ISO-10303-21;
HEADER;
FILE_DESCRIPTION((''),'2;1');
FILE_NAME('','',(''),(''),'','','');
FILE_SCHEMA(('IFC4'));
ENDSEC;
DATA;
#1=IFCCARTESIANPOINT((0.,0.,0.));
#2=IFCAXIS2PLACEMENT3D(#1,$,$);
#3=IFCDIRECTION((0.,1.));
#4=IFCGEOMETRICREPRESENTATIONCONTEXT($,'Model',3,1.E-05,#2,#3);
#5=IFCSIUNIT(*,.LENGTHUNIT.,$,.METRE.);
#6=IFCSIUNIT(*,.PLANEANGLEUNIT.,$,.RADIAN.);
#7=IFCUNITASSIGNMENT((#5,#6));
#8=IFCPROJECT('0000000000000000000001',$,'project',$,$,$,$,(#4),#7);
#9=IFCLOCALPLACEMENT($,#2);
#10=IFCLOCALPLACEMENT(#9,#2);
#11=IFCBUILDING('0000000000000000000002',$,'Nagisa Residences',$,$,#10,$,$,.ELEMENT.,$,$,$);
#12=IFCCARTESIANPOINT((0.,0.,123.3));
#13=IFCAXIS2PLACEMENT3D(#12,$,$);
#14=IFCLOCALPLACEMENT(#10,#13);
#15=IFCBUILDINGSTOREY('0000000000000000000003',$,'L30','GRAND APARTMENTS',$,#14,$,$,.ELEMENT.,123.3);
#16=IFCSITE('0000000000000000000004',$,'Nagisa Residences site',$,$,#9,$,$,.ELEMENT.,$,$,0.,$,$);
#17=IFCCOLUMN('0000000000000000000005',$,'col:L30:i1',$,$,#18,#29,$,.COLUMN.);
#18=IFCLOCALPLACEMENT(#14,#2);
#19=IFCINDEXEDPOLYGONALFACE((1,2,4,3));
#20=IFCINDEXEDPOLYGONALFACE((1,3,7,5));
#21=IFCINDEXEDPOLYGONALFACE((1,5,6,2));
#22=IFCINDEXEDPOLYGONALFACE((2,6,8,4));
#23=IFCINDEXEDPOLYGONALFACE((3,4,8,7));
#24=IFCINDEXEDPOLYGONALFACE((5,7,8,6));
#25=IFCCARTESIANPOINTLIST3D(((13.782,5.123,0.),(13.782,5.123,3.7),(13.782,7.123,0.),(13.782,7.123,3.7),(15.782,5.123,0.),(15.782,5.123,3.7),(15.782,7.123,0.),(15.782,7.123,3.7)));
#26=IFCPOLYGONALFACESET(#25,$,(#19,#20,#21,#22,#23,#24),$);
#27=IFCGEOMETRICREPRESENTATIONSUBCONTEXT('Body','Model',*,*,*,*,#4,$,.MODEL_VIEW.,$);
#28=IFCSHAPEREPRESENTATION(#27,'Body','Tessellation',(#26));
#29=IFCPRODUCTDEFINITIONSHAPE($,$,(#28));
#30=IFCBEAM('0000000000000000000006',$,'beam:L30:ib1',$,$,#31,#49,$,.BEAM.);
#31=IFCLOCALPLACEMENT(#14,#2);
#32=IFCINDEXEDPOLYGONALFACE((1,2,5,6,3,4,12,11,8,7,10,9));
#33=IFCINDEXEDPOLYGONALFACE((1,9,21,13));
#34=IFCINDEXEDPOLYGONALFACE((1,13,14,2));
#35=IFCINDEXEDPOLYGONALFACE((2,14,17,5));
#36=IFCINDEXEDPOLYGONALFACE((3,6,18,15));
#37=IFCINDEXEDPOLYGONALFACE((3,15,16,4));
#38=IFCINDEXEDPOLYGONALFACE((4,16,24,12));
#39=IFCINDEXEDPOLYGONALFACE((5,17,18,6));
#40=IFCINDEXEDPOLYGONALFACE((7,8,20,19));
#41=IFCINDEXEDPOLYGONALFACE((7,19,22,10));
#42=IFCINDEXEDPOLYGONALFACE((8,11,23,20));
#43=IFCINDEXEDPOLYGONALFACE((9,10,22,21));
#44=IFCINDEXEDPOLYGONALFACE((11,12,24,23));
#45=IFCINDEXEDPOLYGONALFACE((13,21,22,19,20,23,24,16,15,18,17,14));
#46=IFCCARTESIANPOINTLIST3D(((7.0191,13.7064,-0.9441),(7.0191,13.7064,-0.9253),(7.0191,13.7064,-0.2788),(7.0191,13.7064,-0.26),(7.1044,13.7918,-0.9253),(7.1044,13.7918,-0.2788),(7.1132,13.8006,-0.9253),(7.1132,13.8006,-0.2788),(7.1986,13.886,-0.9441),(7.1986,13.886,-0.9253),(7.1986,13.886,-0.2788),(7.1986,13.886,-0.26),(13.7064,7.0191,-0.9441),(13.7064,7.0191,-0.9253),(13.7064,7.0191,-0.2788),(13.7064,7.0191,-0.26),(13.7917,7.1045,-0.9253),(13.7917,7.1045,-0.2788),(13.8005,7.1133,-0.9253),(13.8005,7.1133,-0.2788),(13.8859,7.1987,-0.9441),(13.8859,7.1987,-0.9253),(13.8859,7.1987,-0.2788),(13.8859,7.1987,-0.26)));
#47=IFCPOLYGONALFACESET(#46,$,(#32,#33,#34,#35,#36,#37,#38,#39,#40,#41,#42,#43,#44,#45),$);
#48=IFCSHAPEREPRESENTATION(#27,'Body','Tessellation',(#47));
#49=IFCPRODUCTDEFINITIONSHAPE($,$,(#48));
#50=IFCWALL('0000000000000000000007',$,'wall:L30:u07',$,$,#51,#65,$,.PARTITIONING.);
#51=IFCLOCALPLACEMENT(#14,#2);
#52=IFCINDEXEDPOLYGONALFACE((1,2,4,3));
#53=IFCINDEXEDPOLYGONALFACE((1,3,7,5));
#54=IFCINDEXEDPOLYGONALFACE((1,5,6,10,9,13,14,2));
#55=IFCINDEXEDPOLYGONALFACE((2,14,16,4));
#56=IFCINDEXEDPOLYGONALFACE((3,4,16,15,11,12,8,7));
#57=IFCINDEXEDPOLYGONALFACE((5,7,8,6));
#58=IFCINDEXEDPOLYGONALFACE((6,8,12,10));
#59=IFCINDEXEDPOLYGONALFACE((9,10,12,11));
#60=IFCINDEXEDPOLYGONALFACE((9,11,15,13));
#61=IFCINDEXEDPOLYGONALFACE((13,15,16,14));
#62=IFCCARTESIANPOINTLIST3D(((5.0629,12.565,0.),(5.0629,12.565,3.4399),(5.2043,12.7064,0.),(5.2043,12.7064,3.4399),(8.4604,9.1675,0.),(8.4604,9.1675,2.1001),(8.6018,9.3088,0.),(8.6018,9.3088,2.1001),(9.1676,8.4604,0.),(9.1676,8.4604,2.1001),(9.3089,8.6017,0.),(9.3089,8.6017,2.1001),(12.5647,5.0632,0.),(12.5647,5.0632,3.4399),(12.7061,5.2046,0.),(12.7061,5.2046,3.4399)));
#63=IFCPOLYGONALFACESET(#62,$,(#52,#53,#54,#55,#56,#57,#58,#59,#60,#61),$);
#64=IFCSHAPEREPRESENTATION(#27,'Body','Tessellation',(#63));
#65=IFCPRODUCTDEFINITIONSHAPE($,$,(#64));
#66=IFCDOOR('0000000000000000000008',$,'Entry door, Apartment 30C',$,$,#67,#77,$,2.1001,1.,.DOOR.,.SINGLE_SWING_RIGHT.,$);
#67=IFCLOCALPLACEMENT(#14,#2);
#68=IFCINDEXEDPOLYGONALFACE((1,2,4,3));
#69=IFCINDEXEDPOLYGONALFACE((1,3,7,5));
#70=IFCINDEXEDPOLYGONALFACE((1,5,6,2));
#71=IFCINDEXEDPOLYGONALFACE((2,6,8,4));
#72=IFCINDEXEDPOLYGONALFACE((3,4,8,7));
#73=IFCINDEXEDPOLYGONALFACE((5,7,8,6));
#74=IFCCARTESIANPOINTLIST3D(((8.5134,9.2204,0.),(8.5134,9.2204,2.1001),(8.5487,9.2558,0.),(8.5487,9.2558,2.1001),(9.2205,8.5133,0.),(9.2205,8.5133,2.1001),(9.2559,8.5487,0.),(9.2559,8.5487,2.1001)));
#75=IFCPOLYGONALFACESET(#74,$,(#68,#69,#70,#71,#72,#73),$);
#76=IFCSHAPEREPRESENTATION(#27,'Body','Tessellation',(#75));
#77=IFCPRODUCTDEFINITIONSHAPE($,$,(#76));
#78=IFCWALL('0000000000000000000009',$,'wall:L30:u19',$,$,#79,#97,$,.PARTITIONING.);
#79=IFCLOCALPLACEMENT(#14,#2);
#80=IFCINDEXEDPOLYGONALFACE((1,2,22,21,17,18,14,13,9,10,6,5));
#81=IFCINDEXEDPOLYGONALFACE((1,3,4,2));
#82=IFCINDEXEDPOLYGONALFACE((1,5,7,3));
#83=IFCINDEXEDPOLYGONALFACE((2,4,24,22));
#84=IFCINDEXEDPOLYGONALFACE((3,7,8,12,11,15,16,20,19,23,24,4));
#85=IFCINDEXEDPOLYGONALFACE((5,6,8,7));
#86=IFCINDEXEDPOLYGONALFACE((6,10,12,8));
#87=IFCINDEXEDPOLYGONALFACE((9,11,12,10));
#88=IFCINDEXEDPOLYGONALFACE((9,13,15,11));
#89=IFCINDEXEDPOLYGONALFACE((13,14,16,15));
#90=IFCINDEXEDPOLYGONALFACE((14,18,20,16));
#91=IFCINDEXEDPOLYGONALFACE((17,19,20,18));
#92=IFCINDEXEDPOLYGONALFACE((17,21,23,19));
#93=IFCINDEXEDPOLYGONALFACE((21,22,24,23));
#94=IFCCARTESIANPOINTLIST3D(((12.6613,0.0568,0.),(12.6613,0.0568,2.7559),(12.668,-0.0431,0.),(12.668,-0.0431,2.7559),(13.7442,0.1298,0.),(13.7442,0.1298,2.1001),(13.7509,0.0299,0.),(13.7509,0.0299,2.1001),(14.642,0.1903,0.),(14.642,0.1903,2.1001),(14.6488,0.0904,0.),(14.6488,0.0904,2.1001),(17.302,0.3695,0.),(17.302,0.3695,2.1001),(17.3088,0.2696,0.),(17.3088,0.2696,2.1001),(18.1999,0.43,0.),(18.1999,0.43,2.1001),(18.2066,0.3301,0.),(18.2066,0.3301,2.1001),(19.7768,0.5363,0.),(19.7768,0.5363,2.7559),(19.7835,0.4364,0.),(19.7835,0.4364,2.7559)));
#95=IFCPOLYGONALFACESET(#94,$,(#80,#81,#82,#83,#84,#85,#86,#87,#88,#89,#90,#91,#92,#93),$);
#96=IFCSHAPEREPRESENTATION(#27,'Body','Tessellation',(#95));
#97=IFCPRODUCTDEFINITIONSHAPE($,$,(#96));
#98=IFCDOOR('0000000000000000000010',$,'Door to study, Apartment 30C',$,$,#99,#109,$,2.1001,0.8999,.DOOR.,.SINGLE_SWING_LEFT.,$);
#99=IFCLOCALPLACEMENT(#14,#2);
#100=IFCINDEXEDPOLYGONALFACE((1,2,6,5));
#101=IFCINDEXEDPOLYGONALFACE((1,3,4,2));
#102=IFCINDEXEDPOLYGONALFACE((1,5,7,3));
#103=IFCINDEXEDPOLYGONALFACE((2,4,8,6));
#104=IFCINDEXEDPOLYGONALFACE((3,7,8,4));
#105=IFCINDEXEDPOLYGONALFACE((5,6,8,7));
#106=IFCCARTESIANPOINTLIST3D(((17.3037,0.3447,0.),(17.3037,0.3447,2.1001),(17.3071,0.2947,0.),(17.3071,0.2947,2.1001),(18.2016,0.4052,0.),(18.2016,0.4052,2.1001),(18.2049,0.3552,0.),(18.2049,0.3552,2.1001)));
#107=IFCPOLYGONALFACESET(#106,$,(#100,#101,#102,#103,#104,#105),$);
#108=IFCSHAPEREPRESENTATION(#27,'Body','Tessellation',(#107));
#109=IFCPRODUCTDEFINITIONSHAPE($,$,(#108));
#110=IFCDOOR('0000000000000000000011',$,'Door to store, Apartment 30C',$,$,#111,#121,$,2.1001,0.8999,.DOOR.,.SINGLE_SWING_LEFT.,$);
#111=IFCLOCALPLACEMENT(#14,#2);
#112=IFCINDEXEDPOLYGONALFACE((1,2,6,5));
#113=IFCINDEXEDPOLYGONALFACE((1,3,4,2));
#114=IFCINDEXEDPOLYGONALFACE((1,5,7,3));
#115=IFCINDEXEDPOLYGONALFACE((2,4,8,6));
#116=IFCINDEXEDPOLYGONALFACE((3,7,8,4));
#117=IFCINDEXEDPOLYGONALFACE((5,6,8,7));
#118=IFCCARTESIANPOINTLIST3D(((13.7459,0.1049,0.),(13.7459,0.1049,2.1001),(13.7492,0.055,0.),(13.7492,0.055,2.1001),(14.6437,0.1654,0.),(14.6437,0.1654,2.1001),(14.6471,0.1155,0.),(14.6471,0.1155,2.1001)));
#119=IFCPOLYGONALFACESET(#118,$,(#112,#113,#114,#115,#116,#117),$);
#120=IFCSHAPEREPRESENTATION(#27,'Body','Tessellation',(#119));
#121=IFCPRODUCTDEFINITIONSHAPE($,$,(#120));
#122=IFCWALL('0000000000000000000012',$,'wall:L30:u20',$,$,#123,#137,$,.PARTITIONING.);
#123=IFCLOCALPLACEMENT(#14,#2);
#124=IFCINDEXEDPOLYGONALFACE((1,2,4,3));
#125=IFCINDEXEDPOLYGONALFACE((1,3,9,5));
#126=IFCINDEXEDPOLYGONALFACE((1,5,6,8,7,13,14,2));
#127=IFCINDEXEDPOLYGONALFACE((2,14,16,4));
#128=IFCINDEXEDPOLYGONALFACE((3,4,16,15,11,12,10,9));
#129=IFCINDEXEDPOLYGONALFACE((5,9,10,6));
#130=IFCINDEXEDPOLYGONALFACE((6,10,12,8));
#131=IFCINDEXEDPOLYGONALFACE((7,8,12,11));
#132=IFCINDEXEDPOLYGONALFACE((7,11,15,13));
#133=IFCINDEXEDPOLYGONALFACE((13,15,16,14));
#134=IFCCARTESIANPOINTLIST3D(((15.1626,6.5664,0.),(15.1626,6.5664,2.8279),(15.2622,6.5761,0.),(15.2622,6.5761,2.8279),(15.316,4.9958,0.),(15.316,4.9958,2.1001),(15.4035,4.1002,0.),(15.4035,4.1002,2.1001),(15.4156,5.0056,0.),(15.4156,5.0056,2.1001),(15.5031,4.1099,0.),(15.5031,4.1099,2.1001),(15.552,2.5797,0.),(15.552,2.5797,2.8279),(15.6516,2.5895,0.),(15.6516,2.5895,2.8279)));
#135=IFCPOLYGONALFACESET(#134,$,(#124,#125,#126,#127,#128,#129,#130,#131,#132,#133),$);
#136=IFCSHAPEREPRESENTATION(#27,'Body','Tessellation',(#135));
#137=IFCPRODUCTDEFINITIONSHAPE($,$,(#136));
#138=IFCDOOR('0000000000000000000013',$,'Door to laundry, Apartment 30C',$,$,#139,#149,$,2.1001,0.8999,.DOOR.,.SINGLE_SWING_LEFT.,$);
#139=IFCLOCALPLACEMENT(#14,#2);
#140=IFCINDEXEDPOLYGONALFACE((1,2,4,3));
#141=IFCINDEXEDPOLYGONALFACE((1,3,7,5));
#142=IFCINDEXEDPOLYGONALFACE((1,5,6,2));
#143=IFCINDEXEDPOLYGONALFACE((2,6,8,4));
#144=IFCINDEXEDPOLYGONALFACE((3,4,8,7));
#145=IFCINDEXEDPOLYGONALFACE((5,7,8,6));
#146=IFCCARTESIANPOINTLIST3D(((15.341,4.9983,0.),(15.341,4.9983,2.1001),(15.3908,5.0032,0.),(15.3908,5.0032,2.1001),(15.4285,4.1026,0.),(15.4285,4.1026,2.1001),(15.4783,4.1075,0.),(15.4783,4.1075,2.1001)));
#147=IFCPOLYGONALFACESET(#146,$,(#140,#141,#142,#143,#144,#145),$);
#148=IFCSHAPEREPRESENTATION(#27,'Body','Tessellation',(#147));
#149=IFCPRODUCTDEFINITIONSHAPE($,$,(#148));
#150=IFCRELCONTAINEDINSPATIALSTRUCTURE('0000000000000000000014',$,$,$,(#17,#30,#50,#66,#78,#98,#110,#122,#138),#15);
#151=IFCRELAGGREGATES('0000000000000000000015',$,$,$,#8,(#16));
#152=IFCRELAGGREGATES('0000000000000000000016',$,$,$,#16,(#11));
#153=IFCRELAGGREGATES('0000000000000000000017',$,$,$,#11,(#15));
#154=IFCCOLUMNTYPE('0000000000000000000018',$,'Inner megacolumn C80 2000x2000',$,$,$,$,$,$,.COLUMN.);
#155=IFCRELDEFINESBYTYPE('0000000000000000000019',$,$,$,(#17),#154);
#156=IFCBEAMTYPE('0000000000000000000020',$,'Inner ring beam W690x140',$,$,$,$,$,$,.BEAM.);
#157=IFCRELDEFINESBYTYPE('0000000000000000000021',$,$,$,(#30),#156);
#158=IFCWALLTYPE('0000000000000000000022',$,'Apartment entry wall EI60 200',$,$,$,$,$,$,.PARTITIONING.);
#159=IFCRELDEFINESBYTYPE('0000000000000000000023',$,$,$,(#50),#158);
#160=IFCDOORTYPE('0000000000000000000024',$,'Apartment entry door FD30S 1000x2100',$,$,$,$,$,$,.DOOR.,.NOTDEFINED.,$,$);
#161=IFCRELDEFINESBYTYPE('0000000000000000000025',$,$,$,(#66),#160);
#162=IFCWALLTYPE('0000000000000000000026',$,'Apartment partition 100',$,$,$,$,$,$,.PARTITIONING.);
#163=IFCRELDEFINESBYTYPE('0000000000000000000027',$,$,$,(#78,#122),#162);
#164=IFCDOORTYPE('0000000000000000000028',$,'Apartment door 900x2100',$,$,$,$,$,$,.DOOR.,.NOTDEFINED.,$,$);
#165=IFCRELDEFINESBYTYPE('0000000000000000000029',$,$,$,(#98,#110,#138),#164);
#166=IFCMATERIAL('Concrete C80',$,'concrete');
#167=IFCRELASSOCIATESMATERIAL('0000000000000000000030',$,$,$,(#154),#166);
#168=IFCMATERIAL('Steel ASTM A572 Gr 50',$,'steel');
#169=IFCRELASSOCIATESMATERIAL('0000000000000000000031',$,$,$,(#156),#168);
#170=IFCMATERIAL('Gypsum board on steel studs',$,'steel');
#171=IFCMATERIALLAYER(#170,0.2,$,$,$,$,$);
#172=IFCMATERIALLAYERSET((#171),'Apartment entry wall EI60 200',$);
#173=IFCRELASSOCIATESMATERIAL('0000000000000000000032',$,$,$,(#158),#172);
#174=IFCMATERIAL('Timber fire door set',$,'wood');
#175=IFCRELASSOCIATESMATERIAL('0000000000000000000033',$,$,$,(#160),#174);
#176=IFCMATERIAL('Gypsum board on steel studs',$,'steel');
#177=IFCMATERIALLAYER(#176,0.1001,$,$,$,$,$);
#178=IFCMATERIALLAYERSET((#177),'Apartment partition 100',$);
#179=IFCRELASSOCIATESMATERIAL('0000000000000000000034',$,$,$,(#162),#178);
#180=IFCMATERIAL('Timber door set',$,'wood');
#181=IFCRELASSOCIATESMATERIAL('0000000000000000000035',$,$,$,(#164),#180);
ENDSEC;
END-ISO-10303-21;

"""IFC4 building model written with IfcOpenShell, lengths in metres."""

from ifc_helpers import new_model, si_unit, direction, frame, frame_2d, origin, origin_2d, place, context, subcontext, project, spatial, rectangle, i_section, extrude, material, layer, layer_set, material_profile, profile_set, type_object, element, fill, save


model = new_model("IFC4")

# Units and contexts
model_context = context("Model", 3, precision=1e-05, world=origin(), true_north=direction((0.0, 1.0)))
body_context = subcontext(model_context, "Body", "Model", "MODEL_VIEW")
ifc_project = project(units=[si_unit("LENGTHUNIT", "METRE"), si_unit("PLANEANGLEUNIT", "RADIAN")], contexts=[model_context])

# Site, building, storey
site_placement = place(None, origin())
site = spatial("IfcSite", under=ifc_project, at=site_placement, Name="Nagisa Residences site", CompositionType="ELEMENT", RefElevation=0.0)
building_placement = place(site_placement, origin())
building = spatial("IfcBuilding", under=site, at=building_placement, Name="Nagisa Residences", CompositionType="ELEMENT")
storey_placement = place(building_placement, frame((0.0, 0.0, 123.3)))
storey = spatial("IfcBuildingStorey", under=building, at=storey_placement, Name="L30", Description="GRAND APARTMENTS", CompositionType="ELEMENT", Elevation=123.3)

# Column
ifc_material_1 = material(Name="Concrete C80", Category="concrete")
ifc_material_profile_1 = material_profile(ifc_material_1, rectangle(XDim=2.0, YDim=2.0, at=origin_2d()), Name="C80 2000x2000")
ifc_profile_set_1 = profile_set([ifc_material_profile_1], Name="Concrete C80")
column_type = type_object("IfcColumnType", Name="Inner megacolumn C80 2000x2000", PredefinedType="COLUMN", material=ifc_profile_set_1)
column_placement = place(storey_placement, frame((14.782, 6.123, 0.0), z_axis=(0.0, 0.0, 1.0), x_axis=(1.0, 0.0, 0.0)))
element("IfcColumn", 1, at=column_placement, inside=storey, type_object=column_type, Name="col:L30:i1", PredefinedType="COLUMN", context=body_context, shape_type="SweptSolid", body=[
    extrude(rectangle(XDim=2.0, YDim=2.0, at=origin_2d()), origin(), (0.0, 0.0, 1.0), 3.7),
])

# Beam
ifc_material_2 = material(Name="Steel ASTM A572 Gr 50", Category="steel")
ifc_material_profile_2 = material_profile(ifc_material_2, i_section(OverallWidth=0.2539, OverallDepth=0.6841, WebThickness=0.0125, FlangeThickness=0.0188, at=origin_2d()), Name="W690x140")
ifc_profile_set_2 = profile_set([ifc_material_profile_2], Name="Steel ASTM A572 Gr 50")
beam_type = type_object("IfcBeamType", Name="Inner ring beam W690x140", PredefinedType="BEAM", material=ifc_profile_set_2)
beam_placement = place(storey_placement, frame((13.7961, 7.1089, -0.6021), z_axis=(-0.707107, 0.707107, 0.0), x_axis=(-0.707107, -0.707107, 0.0)))
element("IfcBeam", 2, at=beam_placement, inside=storey, type_object=beam_type, Name="beam:L30:ib1", PredefinedType="BEAM", context=body_context, shape_type="SweptSolid", body=[
    extrude(i_section(OverallWidth=0.2539, OverallDepth=0.6841, WebThickness=0.0125, FlangeThickness=0.0188, at=origin_2d()), origin(), (0.0, 0.0, 1.0), 9.4573),
])

# Wall, opening, door
ifc_material_3 = material(Name="Gypsum board on steel studs", Category="steel")
ifc_layer_1 = layer(ifc_material_3, 0.2)
ifc_layer_set_1 = layer_set([ifc_layer_1], Name="Apartment entry wall EI60 200")
wall_type_1 = type_object("IfcWallType", Name="Apartment entry wall EI60 200", PredefinedType="PARTITIONING", material=ifc_layer_set_1)
wall_1_placement = place(storey_placement, frame((12.6355, 5.1338, 0.0), z_axis=(0.0, 0.0, 1.0), x_axis=(-0.707107, 0.707107, 0.0)))
wall_1 = element("IfcWall", 3, at=wall_1_placement, inside=storey, type_object=wall_type_1, Name="wall:L30:u07", PredefinedType="PARTITIONING", context=body_context, shape_type="SweptSolid", body=[
    extrude(rectangle(XDim=10.6091, YDim=0.2, at=frame_2d((5.3047, 0.0))), origin(), (0.0, 0.0, 1.0), 3.4399),
])
opening_1_placement = place(wall_1_placement, frame((4.8044, 0.0, 0.0)))
opening_1 = element("IfcOpeningElement", 4, at=opening_1_placement, cuts=wall_1, PredefinedType="OPENING", context=body_context, shape_type="SweptSolid", body=[
    extrude(rectangle(XDim=1.0, YDim=2.1001, at=frame_2d((0.5, 1.05))), frame((0.0, 0.1099, 0.0), z_axis=(0.0, -1.0, 0.0), x_axis=(1.0, 0.0, 0.0)), (0.0, 0.0, 1.0), 0.22),
])
ifc_material_4 = material(Name="Timber fire door set", Category="wood")
door_type_1 = type_object("IfcDoorType", Name="Apartment entry door FD30S 1000x2100", OperationType="NOTDEFINED", PredefinedType="DOOR", material=ifc_material_4)
door_1_placement = place(opening_1_placement, frame((1.0, 0.0, 0.0), x_axis=(-1.0, 0.0, 0.0)))
door_1 = element("IfcDoor", 5, at=door_1_placement, inside=storey, type_object=door_type_1, Name="Entry door, Apartment 30C", OperationType="SINGLE_SWING_RIGHT", OverallHeight=2.1001, OverallWidth=1.0, PredefinedType="DOOR", context=body_context, shape_type="SweptSolid", body=[
    extrude(rectangle(XDim=1.0, YDim=2.1001, at=frame_2d((0.5, 1.05))), frame((0.0, 0.0249, 0.0), z_axis=(0.0, -1.0, 0.0), x_axis=(1.0, 0.0, 0.0)), (0.0, 0.0, 1.0), 0.05),
])
fill(opening_1, door_1)

# Wall, openings, doors
ifc_material_5 = material(Name="Gypsum board on steel studs", Category="steel")
ifc_layer_2 = layer(ifc_material_5, 0.1001)
ifc_layer_set_2 = layer_set([ifc_layer_2], Name="Apartment partition 100")
wall_type_2 = type_object("IfcWallType", Name="Apartment partition 100", PredefinedType="PARTITIONING", material=ifc_layer_set_2)
wall_2_placement = place(storey_placement, frame((12.6646, 0.0068, 0.0), z_axis=(0.0, 0.0, 1.0), x_axis=(0.997737, 0.067235, 0.0)))
wall_2 = element("IfcWall", 6, at=wall_2_placement, inside=storey, type_object=wall_type_2, Name="wall:L30:u19", PredefinedType="PARTITIONING", context=body_context, shape_type="SweptSolid", body=[
    extrude(rectangle(XDim=7.1316, YDim=0.1001, at=frame_2d((3.5659, 0.0))), origin(), (0.0, 0.0, 1.0), 2.7559),
])
opening_2_placement = place(wall_2_placement, frame((4.6514, 0.0, 0.0)))
opening_2 = element("IfcOpeningElement", 7, at=opening_2_placement, cuts=wall_2, PredefinedType="OPENING", context=body_context, shape_type="SweptSolid", body=[
    extrude(rectangle(XDim=0.8999, YDim=2.1001, at=frame_2d((0.45, 1.05))), frame((0.0, 0.0601, 0.0), z_axis=(0.0, -1.0, 0.0), x_axis=(1.0, 0.0, 0.0)), (0.0, 0.0, 1.0), 0.1201),
])
opening_3_placement = place(wall_2_placement, frame((1.0854, 0.0, 0.0)))
opening_3 = element("IfcOpeningElement", 8, at=opening_3_placement, cuts=wall_2, PredefinedType="OPENING", context=body_context, shape_type="SweptSolid", body=[
    extrude(rectangle(XDim=0.8999, YDim=2.1001, at=frame_2d((0.45, 1.05))), frame((0.0, 0.0601, 0.0), z_axis=(0.0, -1.0, 0.0), x_axis=(1.0, 0.0, 0.0)), (0.0, 0.0, 1.0), 0.1201),
])
ifc_material_6 = material(Name="Timber door set", Category="wood")
door_type_2 = type_object("IfcDoorType", Name="Apartment door 900x2100", OperationType="NOTDEFINED", PredefinedType="DOOR", material=ifc_material_6)
door_2_placement = place(opening_2_placement, frame((0.8999, 0.0, 0.0), x_axis=(-1.0, 0.0, 0.0)))
door_2 = element("IfcDoor", 9, at=door_2_placement, inside=storey, type_object=door_type_2, Name="Door to study, Apartment 30C", OperationType="SINGLE_SWING_LEFT", OverallHeight=2.1001, OverallWidth=0.8999, PredefinedType="DOOR", context=body_context, shape_type="SweptSolid", body=[
    extrude(rectangle(XDim=0.8999, YDim=2.1001, at=frame_2d((0.45, 1.05))), frame((0.0, 0.0249, 0.0), z_axis=(0.0, -1.0, 0.0), x_axis=(1.0, 0.0, 0.0)), (0.0, 0.0, 1.0), 0.05),
])
fill(opening_2, door_2)
door_3_placement = place(opening_3_placement, frame((0.8999, 0.0, 0.0), x_axis=(-1.0, 0.0, 0.0)))
door_3 = element("IfcDoor", 10, at=door_3_placement, inside=storey, type_object=door_type_2, Name="Door to store, Apartment 30C", OperationType="SINGLE_SWING_LEFT", OverallHeight=2.1001, OverallWidth=0.8999, PredefinedType="DOOR", context=body_context, shape_type="SweptSolid", body=[
    extrude(rectangle(XDim=0.8999, YDim=2.1001, at=frame_2d((0.45, 1.05))), frame((0.0, 0.0249, 0.0), z_axis=(0.0, -1.0, 0.0), x_axis=(1.0, 0.0, 0.0)), (0.0, 0.0, 1.0), 0.05),
])
fill(opening_3, door_3)

# Wall, opening, door
wall_3_placement = place(storey_placement, frame((15.6018, 2.5845, 0.0), z_axis=(0.0, 0.0, 1.0), x_axis=(-0.097216, 0.995263, 0.0)))
wall_3 = element("IfcWall", 11, at=wall_3_placement, inside=storey, type_object=wall_type_2, Name="wall:L30:u20", PredefinedType="PARTITIONING", context=body_context, shape_type="SweptSolid", body=[
    extrude(rectangle(XDim=4.0056, YDim=0.1001, at=frame_2d((2.0029, 0.0))), origin(), (0.0, 0.0, 1.0), 2.8279),
])
opening_4_placement = place(wall_3_placement, frame((1.5278, 0.0, 0.0)))
opening_4 = element("IfcOpeningElement", 12, at=opening_4_placement, cuts=wall_3, PredefinedType="OPENING", context=body_context, shape_type="SweptSolid", body=[
    extrude(rectangle(XDim=0.8999, YDim=2.1001, at=frame_2d((0.45, 1.05))), frame((0.0, 0.0601, 0.0), z_axis=(0.0, -1.0, 0.0), x_axis=(1.0, 0.0, 0.0)), (0.0, 0.0, 1.0), 0.1201),
])
door_4_placement = place(opening_4_placement, origin())
door_4 = element("IfcDoor", 13, at=door_4_placement, inside=storey, type_object=door_type_2, Name="Door to laundry, Apartment 30C", OperationType="SINGLE_SWING_LEFT", OverallHeight=2.1001, OverallWidth=0.8999, PredefinedType="DOOR", context=body_context, shape_type="SweptSolid", body=[
    extrude(rectangle(XDim=0.8999, YDim=2.1001, at=frame_2d((0.45, 1.05))), frame((0.0, 0.0249, 0.0), z_axis=(0.0, -1.0, 0.0), x_axis=(1.0, 0.0, 0.0)), (0.0, 0.0, 1.0), 0.05),
])
fill(opening_4, door_4)

save(model, "model.ifc")
